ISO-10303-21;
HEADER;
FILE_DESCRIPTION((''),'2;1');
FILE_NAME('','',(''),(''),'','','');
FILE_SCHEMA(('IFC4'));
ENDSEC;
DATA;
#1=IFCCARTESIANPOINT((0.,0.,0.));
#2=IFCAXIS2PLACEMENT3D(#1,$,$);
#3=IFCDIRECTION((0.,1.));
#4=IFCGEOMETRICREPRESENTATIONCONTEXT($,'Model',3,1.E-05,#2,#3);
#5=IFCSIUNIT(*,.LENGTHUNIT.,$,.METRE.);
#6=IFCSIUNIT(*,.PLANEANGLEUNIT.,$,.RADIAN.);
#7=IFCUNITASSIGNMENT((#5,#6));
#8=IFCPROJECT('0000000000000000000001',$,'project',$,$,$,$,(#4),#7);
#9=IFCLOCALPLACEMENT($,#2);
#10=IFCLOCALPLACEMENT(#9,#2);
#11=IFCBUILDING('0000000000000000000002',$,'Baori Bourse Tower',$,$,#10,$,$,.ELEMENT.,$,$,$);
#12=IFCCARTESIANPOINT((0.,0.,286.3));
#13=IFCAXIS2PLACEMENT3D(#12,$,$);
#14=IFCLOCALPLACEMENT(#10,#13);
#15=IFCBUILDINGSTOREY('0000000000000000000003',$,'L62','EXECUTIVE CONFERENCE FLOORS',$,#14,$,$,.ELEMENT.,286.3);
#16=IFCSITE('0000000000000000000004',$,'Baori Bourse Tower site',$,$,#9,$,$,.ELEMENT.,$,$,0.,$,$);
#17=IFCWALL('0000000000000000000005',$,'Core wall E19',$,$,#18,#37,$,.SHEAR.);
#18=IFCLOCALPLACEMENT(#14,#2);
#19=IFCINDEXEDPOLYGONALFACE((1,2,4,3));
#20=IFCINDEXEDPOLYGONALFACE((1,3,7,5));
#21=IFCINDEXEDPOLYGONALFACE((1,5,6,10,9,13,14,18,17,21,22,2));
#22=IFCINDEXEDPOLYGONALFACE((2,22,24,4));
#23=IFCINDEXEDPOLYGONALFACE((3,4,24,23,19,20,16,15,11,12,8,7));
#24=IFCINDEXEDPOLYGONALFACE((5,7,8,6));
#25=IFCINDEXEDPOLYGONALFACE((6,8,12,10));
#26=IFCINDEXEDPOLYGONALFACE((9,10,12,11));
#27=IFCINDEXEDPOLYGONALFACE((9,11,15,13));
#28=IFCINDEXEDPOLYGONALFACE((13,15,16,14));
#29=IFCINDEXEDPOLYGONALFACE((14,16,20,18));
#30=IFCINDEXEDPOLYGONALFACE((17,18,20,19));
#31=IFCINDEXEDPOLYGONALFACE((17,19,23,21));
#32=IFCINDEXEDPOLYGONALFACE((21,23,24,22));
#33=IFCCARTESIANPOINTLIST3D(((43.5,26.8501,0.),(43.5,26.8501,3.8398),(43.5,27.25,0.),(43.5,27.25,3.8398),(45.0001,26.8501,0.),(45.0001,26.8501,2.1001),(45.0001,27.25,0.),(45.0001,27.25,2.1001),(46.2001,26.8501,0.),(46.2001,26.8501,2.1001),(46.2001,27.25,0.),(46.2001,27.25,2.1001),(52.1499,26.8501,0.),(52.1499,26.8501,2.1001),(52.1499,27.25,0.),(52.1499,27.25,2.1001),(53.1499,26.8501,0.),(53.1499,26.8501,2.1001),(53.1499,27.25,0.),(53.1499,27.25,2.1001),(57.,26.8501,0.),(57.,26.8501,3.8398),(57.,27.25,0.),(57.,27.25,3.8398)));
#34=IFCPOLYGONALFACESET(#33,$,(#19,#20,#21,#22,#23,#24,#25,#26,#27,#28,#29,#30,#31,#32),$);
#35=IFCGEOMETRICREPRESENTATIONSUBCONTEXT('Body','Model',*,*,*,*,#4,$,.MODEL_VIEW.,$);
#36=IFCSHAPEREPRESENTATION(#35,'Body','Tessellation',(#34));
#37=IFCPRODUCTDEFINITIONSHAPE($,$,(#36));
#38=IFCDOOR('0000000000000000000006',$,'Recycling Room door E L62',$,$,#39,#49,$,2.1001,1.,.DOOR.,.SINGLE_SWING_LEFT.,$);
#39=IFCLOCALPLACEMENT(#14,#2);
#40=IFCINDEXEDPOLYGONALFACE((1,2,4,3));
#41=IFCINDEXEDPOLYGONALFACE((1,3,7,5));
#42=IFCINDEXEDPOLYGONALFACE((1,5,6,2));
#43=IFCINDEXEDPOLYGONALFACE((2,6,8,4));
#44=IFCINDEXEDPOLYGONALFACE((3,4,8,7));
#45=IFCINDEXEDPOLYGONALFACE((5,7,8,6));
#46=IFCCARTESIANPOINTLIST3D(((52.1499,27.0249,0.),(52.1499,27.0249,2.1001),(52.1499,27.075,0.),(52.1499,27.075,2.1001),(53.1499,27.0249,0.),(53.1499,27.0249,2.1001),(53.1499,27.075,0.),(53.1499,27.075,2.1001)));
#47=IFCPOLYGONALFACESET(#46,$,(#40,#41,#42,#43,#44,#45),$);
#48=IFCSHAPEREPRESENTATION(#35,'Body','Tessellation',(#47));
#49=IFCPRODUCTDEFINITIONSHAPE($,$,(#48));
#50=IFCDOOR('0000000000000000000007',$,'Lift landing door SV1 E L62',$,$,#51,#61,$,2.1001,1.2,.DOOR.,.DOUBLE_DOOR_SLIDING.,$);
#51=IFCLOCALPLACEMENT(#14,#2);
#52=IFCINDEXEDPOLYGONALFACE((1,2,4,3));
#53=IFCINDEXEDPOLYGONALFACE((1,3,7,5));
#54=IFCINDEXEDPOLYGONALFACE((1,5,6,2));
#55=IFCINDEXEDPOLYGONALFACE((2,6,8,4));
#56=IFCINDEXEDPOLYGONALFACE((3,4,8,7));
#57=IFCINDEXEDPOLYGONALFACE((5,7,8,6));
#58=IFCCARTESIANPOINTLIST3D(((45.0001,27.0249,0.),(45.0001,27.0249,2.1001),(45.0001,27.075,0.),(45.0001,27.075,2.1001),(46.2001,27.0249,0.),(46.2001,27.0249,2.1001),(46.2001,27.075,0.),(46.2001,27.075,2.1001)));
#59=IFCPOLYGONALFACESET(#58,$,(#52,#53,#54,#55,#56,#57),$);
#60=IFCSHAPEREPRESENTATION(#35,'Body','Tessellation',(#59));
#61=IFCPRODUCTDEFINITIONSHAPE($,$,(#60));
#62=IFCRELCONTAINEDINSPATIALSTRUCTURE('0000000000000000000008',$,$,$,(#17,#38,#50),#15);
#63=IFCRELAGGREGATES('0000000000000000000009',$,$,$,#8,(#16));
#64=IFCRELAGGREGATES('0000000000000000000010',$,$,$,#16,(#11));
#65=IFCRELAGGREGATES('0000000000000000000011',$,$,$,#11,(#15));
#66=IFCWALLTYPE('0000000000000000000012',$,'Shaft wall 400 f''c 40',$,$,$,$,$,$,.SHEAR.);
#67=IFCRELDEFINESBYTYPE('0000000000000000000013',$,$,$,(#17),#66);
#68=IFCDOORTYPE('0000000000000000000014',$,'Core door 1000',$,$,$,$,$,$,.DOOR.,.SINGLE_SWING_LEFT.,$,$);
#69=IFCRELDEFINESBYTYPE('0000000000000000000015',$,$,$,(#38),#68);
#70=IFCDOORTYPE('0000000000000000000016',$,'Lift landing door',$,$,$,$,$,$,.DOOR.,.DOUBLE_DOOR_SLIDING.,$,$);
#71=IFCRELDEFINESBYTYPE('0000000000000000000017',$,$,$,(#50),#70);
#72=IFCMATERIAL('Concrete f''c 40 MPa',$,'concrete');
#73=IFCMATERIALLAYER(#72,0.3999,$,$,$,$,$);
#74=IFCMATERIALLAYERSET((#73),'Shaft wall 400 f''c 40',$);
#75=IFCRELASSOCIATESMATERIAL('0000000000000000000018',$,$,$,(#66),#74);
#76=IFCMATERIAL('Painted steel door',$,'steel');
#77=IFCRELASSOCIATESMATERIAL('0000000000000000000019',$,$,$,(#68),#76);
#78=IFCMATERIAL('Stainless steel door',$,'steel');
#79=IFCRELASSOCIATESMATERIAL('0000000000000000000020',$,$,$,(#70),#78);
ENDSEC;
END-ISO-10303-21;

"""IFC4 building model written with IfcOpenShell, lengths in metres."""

from ifc_helpers import new_model, si_unit, direction, frame, frame_2d, origin, place, context, subcontext, project, spatial, rectangle, extrude, material, layer, layer_set, type_object, element, fill, save


model = new_model("IFC4")

# Units and contexts
model_context = context("Model", 3, precision=1e-05, world=origin(), true_north=direction((0.0, 1.0)))
body_context = subcontext(model_context, "Body", "Model", "MODEL_VIEW")
ifc_project = project(units=[si_unit("LENGTHUNIT", "METRE"), si_unit("PLANEANGLEUNIT", "RADIAN")], contexts=[model_context])

# Site, building, storey
site_placement = place(None, origin())
site = spatial("IfcSite", under=ifc_project, at=site_placement, Name="Baori Bourse Tower site", CompositionType="ELEMENT", RefElevation=0.0)
building_placement = place(site_placement, origin())
building = spatial("IfcBuilding", under=site, at=building_placement, Name="Baori Bourse Tower", CompositionType="ELEMENT")
storey_placement = place(building_placement, frame((0.0, 0.0, 286.3)))
storey = spatial("IfcBuildingStorey", under=building, at=storey_placement, Name="L62", Description="EXECUTIVE CONFERENCE FLOORS", CompositionType="ELEMENT", Elevation=286.3)

# Wall, openings, doors
ifc_material_1 = material(Name="Concrete f'c 40 MPa", Category="concrete")
ifc_layer_1 = layer(ifc_material_1, 0.3999)
ifc_layer_set_1 = layer_set([ifc_layer_1], Name="Shaft wall 400 f'c 40")
wall_type_1 = type_object("IfcWallType", Name="Shaft wall 400 f'c 40", PredefinedType="SHEAR", material=ifc_layer_set_1)
wall_1_placement = place(storey_placement, frame((43.5, 27.05, 0.0), z_axis=(0.0, 0.0, 1.0), x_axis=(1.0, 0.0, 0.0)))
wall_1 = element("IfcWall", 1, at=wall_1_placement, inside=storey, type_object=wall_type_1, Name="Core wall E19", PredefinedType="SHEAR", context=body_context, shape_type="SweptSolid", body=[
    extrude(rectangle(XDim=13.5, YDim=0.3999, at=frame_2d((6.75, 0.0))), origin(), (0.0, 0.0, 1.0), 3.8398),
])
opening_1_placement = place(wall_1_placement, frame((8.6499, 0.0, 0.0)))
opening_1 = element("IfcOpeningElement", 2, at=opening_1_placement, cuts=wall_1, PredefinedType="OPENING", context=body_context, shape_type="SweptSolid", body=[
    extrude(rectangle(XDim=1.0, YDim=2.1001, at=frame_2d((0.5, 1.05))), frame((0.0, 0.21, 0.0), z_axis=(0.0, -1.0, 0.0), x_axis=(1.0, 0.0, 0.0)), (0.0, 0.0, 1.0), 0.4199),
])
opening_2_placement = place(wall_1_placement, frame((1.5, 0.0, 0.0)))
opening_2 = element("IfcOpeningElement", 3, at=opening_2_placement, cuts=wall_1, PredefinedType="OPENING", context=body_context, shape_type="SweptSolid", body=[
    extrude(rectangle(XDim=1.2, YDim=2.1001, at=frame_2d((0.6001, 1.05))), frame((0.0, 0.21, 0.0), z_axis=(0.0, -1.0, 0.0), x_axis=(1.0, 0.0, 0.0)), (0.0, 0.0, 1.0), 0.4199),
])
ifc_material_2 = material(Name="Painted steel door", Category="steel")
door_type_1 = type_object("IfcDoorType", Name="Core door 1000", OperationType="SINGLE_SWING_LEFT", PredefinedType="DOOR", material=ifc_material_2)
door_1_placement = place(opening_1_placement, origin())
door_1 = element("IfcDoor", 4, at=door_1_placement, inside=storey, type_object=door_type_1, Name="Recycling Room door E L62", OperationType="SINGLE_SWING_LEFT", OverallHeight=2.1001, OverallWidth=1.0, PredefinedType="DOOR", context=body_context, shape_type="SweptSolid", body=[
    extrude(rectangle(XDim=1.0, YDim=2.1001, at=frame_2d((0.5, 1.05))), frame((0.0, 0.0249, 0.0), z_axis=(0.0, -1.0, 0.0), x_axis=(1.0, 0.0, 0.0)), (0.0, 0.0, 1.0), 0.05),
])
fill(opening_1, door_1)
ifc_material_3 = material(Name="Stainless steel door", Category="steel")
door_type_2 = type_object("IfcDoorType", Name="Lift landing door", OperationType="DOUBLE_DOOR_SLIDING", PredefinedType="DOOR", material=ifc_material_3)
door_2_placement = place(opening_2_placement, origin())
door_2 = element("IfcDoor", 5, at=door_2_placement, inside=storey, type_object=door_type_2, Name="Lift landing door SV1 E L62", OperationType="DOUBLE_DOOR_SLIDING", OverallHeight=2.1001, OverallWidth=1.2, PredefinedType="DOOR", context=body_context, shape_type="SweptSolid", body=[
    extrude(rectangle(XDim=1.2, YDim=2.1001, at=frame_2d((0.6001, 1.05))), frame((0.0, 0.0249, 0.0), z_axis=(0.0, -1.0, 0.0), x_axis=(1.0, 0.0, 0.0)), (0.0, 0.0, 1.0), 0.05),
])
fill(opening_2, door_2)

save(model, "model.ifc")
